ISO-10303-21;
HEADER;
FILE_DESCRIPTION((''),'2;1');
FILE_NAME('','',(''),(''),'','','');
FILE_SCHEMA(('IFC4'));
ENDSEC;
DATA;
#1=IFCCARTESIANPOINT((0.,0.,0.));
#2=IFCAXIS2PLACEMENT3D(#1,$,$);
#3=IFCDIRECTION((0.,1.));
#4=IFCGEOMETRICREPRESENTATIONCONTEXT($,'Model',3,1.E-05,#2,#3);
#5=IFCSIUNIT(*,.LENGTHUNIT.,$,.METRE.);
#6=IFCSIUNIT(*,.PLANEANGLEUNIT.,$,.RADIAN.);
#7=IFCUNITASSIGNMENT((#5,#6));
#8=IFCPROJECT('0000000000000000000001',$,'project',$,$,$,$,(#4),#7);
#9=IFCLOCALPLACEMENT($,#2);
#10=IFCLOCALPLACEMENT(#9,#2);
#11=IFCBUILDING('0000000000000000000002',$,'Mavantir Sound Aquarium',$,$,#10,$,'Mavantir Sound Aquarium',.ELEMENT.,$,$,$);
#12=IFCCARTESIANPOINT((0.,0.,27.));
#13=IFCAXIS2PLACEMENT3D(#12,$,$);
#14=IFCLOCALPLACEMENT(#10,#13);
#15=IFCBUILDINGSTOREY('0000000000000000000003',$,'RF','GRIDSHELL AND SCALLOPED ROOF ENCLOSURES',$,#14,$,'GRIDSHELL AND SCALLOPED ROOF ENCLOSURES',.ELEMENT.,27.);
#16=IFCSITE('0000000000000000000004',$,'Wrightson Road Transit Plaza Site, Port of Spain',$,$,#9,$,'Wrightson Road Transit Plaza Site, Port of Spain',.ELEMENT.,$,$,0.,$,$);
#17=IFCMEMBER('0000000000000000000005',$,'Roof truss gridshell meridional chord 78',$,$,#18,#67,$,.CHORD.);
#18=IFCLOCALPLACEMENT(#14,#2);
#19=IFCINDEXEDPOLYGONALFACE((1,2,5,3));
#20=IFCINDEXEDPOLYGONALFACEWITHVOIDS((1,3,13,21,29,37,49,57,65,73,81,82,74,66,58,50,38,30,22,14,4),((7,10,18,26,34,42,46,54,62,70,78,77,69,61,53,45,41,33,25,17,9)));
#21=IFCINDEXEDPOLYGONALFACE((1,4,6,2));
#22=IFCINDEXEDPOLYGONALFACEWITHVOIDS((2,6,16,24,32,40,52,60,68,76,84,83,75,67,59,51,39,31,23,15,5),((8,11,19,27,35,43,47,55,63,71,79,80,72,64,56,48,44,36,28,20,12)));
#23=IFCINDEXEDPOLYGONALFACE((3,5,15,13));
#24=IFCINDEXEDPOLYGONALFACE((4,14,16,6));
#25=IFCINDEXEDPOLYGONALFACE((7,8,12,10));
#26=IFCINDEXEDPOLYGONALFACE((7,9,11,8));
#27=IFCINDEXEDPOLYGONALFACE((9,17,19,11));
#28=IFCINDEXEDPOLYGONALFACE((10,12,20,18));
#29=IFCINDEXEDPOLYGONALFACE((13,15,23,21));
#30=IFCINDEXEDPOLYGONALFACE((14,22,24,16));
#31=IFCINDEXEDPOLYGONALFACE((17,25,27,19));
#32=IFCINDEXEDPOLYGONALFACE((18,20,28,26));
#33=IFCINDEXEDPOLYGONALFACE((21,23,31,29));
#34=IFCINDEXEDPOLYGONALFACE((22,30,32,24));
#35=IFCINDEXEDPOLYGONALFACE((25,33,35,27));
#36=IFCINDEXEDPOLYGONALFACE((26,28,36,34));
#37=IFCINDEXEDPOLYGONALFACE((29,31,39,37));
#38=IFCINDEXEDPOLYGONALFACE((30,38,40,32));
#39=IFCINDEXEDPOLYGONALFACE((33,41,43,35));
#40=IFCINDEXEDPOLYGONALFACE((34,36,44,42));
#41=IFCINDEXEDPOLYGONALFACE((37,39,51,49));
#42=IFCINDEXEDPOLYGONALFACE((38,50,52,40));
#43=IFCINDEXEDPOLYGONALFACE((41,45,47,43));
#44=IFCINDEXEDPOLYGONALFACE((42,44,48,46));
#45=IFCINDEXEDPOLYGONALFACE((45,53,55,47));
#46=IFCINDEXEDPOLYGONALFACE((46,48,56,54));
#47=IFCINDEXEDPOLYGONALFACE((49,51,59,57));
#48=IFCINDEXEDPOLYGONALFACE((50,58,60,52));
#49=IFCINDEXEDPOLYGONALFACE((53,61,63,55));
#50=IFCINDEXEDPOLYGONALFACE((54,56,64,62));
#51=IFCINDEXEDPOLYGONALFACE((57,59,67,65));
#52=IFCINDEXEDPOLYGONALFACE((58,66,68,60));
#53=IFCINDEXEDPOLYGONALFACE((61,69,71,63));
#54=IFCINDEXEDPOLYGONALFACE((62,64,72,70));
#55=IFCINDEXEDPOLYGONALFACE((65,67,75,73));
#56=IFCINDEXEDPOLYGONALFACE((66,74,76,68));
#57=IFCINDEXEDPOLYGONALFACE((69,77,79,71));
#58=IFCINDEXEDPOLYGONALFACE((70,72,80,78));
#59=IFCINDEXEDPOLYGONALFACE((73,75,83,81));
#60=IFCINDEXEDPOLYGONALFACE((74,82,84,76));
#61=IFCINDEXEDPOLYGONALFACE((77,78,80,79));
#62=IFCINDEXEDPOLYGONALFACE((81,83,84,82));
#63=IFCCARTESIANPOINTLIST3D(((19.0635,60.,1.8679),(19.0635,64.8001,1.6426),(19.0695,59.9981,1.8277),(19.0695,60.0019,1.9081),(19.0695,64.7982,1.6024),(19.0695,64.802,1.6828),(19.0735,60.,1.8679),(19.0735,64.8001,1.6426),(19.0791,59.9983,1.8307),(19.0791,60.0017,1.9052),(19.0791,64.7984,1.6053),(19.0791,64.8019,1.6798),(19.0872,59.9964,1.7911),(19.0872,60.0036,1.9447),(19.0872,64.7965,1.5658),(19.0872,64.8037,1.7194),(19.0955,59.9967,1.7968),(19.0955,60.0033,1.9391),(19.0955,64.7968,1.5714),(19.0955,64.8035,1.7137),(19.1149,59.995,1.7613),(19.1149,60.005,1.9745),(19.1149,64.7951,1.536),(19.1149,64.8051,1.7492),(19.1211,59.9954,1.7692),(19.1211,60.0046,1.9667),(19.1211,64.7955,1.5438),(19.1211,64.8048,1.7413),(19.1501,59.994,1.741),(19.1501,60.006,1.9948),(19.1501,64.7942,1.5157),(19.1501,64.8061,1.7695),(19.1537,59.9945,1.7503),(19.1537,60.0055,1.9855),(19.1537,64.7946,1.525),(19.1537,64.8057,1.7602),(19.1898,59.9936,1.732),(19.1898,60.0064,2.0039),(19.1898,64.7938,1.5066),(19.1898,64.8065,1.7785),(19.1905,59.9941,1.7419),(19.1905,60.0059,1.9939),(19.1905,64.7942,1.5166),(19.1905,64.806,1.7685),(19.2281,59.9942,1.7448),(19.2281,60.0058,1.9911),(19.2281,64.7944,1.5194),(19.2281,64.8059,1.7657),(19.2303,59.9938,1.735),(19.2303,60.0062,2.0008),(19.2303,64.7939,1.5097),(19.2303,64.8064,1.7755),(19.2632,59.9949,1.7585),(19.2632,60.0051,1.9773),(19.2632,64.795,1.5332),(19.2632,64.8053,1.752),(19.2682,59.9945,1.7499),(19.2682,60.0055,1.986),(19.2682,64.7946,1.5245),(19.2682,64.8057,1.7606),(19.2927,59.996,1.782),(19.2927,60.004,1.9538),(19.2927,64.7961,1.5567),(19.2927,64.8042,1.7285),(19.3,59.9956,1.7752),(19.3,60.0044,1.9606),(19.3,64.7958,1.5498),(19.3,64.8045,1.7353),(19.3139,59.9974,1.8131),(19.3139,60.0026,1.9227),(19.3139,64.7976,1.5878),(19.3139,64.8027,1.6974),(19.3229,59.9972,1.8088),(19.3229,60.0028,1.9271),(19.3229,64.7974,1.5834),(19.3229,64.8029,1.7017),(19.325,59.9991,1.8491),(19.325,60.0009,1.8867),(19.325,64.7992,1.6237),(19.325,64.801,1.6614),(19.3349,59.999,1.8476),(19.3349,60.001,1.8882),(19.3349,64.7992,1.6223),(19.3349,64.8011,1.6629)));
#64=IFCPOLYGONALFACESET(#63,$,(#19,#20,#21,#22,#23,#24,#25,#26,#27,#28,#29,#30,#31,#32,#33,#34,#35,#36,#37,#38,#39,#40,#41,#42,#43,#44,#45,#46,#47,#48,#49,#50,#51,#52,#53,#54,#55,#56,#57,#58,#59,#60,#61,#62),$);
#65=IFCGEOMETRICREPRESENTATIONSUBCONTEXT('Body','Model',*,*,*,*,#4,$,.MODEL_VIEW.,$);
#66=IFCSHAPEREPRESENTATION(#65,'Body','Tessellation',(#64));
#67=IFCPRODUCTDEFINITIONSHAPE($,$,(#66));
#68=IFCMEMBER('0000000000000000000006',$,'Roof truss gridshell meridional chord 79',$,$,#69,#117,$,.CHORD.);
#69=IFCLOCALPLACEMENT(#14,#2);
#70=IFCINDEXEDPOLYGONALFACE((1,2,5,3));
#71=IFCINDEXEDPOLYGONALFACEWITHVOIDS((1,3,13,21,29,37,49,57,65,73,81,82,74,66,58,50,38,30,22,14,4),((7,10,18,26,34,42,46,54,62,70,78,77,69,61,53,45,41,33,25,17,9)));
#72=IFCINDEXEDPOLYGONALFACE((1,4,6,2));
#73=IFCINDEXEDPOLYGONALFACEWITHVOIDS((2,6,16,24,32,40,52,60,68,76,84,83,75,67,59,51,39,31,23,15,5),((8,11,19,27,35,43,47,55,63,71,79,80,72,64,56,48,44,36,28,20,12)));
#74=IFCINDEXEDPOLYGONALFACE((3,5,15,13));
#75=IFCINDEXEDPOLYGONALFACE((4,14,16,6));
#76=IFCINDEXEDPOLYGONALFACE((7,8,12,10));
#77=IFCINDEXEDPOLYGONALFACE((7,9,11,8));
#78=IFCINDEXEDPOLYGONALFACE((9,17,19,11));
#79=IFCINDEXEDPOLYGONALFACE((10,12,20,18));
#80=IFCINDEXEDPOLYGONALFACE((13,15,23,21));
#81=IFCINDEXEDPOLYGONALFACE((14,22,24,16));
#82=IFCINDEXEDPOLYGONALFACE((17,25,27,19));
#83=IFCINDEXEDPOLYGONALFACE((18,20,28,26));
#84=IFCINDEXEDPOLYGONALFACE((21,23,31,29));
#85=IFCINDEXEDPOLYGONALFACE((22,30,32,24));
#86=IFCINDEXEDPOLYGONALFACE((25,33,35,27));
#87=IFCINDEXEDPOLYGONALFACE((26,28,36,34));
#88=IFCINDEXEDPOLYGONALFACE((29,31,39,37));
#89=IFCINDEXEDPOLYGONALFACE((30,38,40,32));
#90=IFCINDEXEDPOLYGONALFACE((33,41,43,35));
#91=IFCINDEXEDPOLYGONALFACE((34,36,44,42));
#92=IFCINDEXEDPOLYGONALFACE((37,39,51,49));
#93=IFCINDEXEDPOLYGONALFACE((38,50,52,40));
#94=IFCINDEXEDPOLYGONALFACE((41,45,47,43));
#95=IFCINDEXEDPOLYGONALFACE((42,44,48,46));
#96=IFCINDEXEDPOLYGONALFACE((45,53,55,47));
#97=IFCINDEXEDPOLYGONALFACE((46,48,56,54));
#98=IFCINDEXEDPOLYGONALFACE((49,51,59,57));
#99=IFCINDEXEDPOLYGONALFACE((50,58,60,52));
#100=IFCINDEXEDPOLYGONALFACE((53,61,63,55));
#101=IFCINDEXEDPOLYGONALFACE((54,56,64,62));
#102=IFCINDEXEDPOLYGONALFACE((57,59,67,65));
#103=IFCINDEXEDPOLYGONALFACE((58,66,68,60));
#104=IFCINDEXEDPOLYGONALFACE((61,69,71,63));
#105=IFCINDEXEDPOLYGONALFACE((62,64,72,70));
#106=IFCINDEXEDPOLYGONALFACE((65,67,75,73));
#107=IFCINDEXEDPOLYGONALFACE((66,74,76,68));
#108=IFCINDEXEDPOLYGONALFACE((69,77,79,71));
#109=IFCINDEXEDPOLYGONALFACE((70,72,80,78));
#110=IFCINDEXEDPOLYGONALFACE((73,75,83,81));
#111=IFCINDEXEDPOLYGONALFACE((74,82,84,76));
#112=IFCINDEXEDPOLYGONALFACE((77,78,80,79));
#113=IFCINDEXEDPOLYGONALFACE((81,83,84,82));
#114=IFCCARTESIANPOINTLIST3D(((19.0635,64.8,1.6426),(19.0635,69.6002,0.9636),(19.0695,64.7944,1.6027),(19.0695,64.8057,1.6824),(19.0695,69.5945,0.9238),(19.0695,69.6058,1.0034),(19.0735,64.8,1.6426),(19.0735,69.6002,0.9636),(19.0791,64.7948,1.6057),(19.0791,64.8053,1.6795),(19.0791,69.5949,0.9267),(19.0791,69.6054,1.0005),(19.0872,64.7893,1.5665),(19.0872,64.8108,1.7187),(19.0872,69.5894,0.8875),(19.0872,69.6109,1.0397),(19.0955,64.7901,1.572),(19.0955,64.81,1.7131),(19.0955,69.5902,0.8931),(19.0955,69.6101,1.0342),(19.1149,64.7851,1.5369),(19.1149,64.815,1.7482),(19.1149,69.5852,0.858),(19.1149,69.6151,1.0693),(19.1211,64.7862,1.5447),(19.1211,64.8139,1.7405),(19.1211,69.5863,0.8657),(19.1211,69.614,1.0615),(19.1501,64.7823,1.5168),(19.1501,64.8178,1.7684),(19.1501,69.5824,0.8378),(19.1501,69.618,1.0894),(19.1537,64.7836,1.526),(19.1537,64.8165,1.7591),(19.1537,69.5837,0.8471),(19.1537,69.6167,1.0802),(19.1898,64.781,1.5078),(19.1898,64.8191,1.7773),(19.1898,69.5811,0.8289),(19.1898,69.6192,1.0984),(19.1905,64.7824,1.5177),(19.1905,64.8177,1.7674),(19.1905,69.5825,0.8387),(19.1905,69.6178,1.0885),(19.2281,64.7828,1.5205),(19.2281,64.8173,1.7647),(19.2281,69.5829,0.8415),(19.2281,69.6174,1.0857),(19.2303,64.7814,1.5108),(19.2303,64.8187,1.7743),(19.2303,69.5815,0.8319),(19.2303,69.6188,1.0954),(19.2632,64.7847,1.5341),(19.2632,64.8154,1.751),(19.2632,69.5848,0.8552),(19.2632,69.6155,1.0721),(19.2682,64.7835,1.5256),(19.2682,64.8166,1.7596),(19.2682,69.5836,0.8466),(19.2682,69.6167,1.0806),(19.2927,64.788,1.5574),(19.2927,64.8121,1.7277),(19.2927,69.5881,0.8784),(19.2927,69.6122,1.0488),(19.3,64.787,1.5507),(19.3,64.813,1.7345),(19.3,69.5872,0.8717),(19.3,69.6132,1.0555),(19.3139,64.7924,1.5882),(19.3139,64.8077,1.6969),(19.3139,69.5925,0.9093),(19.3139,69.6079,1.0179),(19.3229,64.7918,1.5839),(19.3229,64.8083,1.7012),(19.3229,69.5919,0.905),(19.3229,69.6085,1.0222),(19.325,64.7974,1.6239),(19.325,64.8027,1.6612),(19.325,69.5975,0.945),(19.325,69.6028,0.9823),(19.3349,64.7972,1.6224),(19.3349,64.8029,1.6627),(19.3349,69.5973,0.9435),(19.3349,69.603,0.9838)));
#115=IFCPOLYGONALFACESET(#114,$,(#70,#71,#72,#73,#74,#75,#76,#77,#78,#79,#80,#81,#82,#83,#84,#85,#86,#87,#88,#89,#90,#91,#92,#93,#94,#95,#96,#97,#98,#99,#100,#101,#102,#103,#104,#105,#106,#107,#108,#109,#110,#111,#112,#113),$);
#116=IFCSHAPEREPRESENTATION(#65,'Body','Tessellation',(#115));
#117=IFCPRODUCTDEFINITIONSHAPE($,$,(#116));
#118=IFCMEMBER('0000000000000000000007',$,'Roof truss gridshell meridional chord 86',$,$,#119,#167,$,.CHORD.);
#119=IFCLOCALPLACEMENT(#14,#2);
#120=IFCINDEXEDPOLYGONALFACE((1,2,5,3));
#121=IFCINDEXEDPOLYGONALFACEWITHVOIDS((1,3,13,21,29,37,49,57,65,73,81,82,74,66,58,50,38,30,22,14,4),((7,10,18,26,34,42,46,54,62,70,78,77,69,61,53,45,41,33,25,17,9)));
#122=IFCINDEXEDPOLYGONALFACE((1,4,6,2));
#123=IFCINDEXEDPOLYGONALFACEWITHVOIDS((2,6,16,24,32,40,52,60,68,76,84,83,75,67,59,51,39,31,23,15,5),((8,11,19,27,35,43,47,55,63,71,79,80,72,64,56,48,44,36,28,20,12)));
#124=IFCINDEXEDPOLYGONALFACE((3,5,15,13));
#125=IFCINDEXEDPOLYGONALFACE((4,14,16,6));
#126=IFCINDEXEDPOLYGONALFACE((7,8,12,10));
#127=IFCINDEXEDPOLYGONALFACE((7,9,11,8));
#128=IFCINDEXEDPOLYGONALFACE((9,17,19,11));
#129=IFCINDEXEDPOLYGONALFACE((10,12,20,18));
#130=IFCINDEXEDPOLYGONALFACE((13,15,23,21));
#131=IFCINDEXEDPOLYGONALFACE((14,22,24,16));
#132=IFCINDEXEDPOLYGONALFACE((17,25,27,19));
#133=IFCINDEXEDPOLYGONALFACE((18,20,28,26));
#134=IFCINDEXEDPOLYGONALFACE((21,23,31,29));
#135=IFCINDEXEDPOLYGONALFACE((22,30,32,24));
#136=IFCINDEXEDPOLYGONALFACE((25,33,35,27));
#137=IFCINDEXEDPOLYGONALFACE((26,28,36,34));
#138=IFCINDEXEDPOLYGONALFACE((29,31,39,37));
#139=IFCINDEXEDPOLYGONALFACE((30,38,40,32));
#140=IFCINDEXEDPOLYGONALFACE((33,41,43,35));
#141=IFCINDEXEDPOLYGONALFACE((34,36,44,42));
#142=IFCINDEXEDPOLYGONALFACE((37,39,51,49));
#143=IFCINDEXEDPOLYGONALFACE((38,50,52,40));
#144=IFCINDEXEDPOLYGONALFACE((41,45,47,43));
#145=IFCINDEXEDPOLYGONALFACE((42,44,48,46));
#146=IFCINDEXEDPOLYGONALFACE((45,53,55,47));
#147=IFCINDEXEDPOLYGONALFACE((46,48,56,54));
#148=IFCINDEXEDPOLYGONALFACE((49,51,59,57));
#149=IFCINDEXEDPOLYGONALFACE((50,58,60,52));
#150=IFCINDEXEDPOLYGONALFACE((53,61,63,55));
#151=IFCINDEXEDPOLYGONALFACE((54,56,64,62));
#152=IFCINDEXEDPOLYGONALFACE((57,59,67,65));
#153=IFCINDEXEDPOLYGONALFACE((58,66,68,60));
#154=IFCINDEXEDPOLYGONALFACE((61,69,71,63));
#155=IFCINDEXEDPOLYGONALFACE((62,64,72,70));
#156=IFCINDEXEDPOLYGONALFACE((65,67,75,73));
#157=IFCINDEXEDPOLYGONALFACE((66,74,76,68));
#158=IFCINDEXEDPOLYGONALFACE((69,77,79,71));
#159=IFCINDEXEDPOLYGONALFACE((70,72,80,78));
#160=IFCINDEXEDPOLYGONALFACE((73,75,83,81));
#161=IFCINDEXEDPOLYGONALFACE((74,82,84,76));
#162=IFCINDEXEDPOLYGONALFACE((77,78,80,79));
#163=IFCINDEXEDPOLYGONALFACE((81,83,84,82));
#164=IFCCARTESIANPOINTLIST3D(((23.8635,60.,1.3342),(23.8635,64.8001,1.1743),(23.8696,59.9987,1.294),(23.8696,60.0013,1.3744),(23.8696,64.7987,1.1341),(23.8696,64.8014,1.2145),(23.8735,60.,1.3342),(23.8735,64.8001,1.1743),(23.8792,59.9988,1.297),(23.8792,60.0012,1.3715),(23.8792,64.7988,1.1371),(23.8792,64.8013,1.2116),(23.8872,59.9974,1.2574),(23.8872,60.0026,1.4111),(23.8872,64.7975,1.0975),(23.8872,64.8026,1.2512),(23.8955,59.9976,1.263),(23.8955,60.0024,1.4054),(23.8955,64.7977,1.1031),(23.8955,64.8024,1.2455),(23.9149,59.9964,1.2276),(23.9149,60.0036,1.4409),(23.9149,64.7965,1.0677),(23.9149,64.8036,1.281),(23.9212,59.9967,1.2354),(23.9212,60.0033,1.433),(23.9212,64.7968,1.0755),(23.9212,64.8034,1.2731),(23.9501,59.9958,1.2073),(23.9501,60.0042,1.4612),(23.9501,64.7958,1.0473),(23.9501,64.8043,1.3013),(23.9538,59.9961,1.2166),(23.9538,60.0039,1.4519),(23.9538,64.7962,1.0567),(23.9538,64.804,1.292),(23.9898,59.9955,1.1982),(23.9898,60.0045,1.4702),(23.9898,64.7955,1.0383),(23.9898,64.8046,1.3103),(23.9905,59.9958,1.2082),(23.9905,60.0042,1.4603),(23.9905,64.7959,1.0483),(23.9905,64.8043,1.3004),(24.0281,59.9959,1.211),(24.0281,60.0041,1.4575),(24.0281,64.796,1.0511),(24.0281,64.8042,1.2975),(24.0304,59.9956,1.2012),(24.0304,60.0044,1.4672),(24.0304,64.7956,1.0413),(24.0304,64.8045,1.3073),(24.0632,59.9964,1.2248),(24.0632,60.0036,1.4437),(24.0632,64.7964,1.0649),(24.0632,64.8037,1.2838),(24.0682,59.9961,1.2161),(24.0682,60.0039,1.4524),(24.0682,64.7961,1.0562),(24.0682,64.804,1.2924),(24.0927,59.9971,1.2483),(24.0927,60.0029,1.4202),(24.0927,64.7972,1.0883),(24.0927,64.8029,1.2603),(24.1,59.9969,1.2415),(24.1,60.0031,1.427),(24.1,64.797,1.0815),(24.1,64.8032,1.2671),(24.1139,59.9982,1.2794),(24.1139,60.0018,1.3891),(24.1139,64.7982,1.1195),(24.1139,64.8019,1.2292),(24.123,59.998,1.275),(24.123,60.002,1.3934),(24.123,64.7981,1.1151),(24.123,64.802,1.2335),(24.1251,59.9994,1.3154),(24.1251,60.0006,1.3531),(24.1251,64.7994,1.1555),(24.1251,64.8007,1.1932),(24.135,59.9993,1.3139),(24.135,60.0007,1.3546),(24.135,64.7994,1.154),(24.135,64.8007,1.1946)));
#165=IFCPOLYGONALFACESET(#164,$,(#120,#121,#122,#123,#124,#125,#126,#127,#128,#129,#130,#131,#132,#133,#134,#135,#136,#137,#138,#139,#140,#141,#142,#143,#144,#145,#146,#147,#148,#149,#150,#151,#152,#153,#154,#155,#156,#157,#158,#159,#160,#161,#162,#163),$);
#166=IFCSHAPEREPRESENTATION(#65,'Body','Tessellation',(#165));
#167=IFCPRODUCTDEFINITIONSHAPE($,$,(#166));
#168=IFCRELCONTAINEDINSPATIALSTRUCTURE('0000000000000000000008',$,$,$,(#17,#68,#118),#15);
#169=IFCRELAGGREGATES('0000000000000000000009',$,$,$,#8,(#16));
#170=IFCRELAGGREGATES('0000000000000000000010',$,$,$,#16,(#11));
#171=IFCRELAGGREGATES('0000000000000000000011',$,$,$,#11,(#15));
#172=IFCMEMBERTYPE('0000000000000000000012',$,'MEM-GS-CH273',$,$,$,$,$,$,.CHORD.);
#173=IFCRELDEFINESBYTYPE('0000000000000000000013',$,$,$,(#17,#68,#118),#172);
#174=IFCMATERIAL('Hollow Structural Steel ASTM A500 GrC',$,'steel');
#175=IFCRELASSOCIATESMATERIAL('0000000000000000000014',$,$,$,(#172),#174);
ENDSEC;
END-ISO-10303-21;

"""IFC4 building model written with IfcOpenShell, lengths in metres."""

from ifc_helpers import new_model, si_unit, direction, frame, origin, origin_2d, place, context, subcontext, project, spatial, hollow_circle, extrude, material, material_profile, profile_set, type_object, element, save


model = new_model("IFC4")

# Units and contexts
model_context = context("Model", 3, precision=1e-05, world=origin(), true_north=direction((0.0, 1.0)))
body_context = subcontext(model_context, "Body", "Model", "MODEL_VIEW")
ifc_project = project(units=[si_unit("LENGTHUNIT", "METRE"), si_unit("PLANEANGLEUNIT", "RADIAN")], contexts=[model_context])

# Site, building, storey
site_placement = place(None, origin())
site = spatial("IfcSite", under=ifc_project, at=site_placement, Name="Wrightson Road Transit Plaza Site, Port of Spain", LongName="Wrightson Road Transit Plaza Site, Port of Spain", CompositionType="ELEMENT", RefElevation=0.0)
building_placement = place(site_placement, origin())
building = spatial("IfcBuilding", under=site, at=building_placement, Name="Mavantir Sound Aquarium", LongName="Mavantir Sound Aquarium", CompositionType="ELEMENT")
storey_placement = place(building_placement, frame((0.0, 0.0, 27.0)))
storey = spatial("IfcBuildingStorey", under=building, at=storey_placement, Name="RF", Description="GRIDSHELL AND SCALLOPED ROOF ENCLOSURES", LongName="GRIDSHELL AND SCALLOPED ROOF ENCLOSURES", CompositionType="ELEMENT", Elevation=27.0)

# Members
ifc_material_1 = material(Name="Hollow Structural Steel ASTM A500 GrC", Category="steel")
ifc_material_profile_1 = material_profile(ifc_material_1, hollow_circle(Radius=0.1365, WallThickness=0.01, at=origin_2d()), Name="CHS 273X10")
ifc_profile_set_1 = profile_set([ifc_material_profile_1], Name="Hollow Structural Steel ASTM A500 GrC")
member_type_1 = type_object("IfcMemberType", Name="MEM-GS-CH273", PredefinedType="CHORD", material=ifc_profile_set_1)
member_1_placement = place(storey_placement, frame((19.2, 60.0, 1.8679), z_axis=(0.0, 0.9989, -0.046894), x_axis=(-1.0, 0.0, 0.0)))
element("IfcMember", 1, at=member_1_placement, inside=storey, type_object=member_type_1, Name="Roof truss gridshell meridional chord 78", PredefinedType="CHORD", context=body_context, shape_type="SweptSolid", body=[
    extrude(hollow_circle(Radius=0.1365, WallThickness=0.01, at=origin_2d()), origin(), (0.0, 0.0, 1.0), 4.8054),
])
member_2_placement = place(storey_placement, frame((19.2, 64.8, 1.6426), z_axis=(0.0, 0.990144, -0.140053), x_axis=(-1.0, 0.0, 0.0)))
element("IfcMember", 2, at=member_2_placement, inside=storey, type_object=member_type_1, Name="Roof truss gridshell meridional chord 79", PredefinedType="CHORD", context=body_context, shape_type="SweptSolid", body=[
    extrude(hollow_circle(Radius=0.1365, WallThickness=0.01, at=origin_2d()), origin(), (0.0, 0.0, 1.0), 4.8479),
])
member_3_placement = place(storey_placement, frame((24.0, 60.0, 1.3342), z_axis=(0.0, 0.999446, -0.033296), x_axis=(-1.0, 0.0, 0.0)))
element("IfcMember", 3, at=member_3_placement, inside=storey, type_object=member_type_1, Name="Roof truss gridshell meridional chord 86", PredefinedType="CHORD", context=body_context, shape_type="SweptSolid", body=[
    extrude(hollow_circle(Radius=0.1365, WallThickness=0.01, at=origin_2d()), origin(), (0.0, 0.0, 1.0), 4.8027),
])

save(model, "model.ifc")
